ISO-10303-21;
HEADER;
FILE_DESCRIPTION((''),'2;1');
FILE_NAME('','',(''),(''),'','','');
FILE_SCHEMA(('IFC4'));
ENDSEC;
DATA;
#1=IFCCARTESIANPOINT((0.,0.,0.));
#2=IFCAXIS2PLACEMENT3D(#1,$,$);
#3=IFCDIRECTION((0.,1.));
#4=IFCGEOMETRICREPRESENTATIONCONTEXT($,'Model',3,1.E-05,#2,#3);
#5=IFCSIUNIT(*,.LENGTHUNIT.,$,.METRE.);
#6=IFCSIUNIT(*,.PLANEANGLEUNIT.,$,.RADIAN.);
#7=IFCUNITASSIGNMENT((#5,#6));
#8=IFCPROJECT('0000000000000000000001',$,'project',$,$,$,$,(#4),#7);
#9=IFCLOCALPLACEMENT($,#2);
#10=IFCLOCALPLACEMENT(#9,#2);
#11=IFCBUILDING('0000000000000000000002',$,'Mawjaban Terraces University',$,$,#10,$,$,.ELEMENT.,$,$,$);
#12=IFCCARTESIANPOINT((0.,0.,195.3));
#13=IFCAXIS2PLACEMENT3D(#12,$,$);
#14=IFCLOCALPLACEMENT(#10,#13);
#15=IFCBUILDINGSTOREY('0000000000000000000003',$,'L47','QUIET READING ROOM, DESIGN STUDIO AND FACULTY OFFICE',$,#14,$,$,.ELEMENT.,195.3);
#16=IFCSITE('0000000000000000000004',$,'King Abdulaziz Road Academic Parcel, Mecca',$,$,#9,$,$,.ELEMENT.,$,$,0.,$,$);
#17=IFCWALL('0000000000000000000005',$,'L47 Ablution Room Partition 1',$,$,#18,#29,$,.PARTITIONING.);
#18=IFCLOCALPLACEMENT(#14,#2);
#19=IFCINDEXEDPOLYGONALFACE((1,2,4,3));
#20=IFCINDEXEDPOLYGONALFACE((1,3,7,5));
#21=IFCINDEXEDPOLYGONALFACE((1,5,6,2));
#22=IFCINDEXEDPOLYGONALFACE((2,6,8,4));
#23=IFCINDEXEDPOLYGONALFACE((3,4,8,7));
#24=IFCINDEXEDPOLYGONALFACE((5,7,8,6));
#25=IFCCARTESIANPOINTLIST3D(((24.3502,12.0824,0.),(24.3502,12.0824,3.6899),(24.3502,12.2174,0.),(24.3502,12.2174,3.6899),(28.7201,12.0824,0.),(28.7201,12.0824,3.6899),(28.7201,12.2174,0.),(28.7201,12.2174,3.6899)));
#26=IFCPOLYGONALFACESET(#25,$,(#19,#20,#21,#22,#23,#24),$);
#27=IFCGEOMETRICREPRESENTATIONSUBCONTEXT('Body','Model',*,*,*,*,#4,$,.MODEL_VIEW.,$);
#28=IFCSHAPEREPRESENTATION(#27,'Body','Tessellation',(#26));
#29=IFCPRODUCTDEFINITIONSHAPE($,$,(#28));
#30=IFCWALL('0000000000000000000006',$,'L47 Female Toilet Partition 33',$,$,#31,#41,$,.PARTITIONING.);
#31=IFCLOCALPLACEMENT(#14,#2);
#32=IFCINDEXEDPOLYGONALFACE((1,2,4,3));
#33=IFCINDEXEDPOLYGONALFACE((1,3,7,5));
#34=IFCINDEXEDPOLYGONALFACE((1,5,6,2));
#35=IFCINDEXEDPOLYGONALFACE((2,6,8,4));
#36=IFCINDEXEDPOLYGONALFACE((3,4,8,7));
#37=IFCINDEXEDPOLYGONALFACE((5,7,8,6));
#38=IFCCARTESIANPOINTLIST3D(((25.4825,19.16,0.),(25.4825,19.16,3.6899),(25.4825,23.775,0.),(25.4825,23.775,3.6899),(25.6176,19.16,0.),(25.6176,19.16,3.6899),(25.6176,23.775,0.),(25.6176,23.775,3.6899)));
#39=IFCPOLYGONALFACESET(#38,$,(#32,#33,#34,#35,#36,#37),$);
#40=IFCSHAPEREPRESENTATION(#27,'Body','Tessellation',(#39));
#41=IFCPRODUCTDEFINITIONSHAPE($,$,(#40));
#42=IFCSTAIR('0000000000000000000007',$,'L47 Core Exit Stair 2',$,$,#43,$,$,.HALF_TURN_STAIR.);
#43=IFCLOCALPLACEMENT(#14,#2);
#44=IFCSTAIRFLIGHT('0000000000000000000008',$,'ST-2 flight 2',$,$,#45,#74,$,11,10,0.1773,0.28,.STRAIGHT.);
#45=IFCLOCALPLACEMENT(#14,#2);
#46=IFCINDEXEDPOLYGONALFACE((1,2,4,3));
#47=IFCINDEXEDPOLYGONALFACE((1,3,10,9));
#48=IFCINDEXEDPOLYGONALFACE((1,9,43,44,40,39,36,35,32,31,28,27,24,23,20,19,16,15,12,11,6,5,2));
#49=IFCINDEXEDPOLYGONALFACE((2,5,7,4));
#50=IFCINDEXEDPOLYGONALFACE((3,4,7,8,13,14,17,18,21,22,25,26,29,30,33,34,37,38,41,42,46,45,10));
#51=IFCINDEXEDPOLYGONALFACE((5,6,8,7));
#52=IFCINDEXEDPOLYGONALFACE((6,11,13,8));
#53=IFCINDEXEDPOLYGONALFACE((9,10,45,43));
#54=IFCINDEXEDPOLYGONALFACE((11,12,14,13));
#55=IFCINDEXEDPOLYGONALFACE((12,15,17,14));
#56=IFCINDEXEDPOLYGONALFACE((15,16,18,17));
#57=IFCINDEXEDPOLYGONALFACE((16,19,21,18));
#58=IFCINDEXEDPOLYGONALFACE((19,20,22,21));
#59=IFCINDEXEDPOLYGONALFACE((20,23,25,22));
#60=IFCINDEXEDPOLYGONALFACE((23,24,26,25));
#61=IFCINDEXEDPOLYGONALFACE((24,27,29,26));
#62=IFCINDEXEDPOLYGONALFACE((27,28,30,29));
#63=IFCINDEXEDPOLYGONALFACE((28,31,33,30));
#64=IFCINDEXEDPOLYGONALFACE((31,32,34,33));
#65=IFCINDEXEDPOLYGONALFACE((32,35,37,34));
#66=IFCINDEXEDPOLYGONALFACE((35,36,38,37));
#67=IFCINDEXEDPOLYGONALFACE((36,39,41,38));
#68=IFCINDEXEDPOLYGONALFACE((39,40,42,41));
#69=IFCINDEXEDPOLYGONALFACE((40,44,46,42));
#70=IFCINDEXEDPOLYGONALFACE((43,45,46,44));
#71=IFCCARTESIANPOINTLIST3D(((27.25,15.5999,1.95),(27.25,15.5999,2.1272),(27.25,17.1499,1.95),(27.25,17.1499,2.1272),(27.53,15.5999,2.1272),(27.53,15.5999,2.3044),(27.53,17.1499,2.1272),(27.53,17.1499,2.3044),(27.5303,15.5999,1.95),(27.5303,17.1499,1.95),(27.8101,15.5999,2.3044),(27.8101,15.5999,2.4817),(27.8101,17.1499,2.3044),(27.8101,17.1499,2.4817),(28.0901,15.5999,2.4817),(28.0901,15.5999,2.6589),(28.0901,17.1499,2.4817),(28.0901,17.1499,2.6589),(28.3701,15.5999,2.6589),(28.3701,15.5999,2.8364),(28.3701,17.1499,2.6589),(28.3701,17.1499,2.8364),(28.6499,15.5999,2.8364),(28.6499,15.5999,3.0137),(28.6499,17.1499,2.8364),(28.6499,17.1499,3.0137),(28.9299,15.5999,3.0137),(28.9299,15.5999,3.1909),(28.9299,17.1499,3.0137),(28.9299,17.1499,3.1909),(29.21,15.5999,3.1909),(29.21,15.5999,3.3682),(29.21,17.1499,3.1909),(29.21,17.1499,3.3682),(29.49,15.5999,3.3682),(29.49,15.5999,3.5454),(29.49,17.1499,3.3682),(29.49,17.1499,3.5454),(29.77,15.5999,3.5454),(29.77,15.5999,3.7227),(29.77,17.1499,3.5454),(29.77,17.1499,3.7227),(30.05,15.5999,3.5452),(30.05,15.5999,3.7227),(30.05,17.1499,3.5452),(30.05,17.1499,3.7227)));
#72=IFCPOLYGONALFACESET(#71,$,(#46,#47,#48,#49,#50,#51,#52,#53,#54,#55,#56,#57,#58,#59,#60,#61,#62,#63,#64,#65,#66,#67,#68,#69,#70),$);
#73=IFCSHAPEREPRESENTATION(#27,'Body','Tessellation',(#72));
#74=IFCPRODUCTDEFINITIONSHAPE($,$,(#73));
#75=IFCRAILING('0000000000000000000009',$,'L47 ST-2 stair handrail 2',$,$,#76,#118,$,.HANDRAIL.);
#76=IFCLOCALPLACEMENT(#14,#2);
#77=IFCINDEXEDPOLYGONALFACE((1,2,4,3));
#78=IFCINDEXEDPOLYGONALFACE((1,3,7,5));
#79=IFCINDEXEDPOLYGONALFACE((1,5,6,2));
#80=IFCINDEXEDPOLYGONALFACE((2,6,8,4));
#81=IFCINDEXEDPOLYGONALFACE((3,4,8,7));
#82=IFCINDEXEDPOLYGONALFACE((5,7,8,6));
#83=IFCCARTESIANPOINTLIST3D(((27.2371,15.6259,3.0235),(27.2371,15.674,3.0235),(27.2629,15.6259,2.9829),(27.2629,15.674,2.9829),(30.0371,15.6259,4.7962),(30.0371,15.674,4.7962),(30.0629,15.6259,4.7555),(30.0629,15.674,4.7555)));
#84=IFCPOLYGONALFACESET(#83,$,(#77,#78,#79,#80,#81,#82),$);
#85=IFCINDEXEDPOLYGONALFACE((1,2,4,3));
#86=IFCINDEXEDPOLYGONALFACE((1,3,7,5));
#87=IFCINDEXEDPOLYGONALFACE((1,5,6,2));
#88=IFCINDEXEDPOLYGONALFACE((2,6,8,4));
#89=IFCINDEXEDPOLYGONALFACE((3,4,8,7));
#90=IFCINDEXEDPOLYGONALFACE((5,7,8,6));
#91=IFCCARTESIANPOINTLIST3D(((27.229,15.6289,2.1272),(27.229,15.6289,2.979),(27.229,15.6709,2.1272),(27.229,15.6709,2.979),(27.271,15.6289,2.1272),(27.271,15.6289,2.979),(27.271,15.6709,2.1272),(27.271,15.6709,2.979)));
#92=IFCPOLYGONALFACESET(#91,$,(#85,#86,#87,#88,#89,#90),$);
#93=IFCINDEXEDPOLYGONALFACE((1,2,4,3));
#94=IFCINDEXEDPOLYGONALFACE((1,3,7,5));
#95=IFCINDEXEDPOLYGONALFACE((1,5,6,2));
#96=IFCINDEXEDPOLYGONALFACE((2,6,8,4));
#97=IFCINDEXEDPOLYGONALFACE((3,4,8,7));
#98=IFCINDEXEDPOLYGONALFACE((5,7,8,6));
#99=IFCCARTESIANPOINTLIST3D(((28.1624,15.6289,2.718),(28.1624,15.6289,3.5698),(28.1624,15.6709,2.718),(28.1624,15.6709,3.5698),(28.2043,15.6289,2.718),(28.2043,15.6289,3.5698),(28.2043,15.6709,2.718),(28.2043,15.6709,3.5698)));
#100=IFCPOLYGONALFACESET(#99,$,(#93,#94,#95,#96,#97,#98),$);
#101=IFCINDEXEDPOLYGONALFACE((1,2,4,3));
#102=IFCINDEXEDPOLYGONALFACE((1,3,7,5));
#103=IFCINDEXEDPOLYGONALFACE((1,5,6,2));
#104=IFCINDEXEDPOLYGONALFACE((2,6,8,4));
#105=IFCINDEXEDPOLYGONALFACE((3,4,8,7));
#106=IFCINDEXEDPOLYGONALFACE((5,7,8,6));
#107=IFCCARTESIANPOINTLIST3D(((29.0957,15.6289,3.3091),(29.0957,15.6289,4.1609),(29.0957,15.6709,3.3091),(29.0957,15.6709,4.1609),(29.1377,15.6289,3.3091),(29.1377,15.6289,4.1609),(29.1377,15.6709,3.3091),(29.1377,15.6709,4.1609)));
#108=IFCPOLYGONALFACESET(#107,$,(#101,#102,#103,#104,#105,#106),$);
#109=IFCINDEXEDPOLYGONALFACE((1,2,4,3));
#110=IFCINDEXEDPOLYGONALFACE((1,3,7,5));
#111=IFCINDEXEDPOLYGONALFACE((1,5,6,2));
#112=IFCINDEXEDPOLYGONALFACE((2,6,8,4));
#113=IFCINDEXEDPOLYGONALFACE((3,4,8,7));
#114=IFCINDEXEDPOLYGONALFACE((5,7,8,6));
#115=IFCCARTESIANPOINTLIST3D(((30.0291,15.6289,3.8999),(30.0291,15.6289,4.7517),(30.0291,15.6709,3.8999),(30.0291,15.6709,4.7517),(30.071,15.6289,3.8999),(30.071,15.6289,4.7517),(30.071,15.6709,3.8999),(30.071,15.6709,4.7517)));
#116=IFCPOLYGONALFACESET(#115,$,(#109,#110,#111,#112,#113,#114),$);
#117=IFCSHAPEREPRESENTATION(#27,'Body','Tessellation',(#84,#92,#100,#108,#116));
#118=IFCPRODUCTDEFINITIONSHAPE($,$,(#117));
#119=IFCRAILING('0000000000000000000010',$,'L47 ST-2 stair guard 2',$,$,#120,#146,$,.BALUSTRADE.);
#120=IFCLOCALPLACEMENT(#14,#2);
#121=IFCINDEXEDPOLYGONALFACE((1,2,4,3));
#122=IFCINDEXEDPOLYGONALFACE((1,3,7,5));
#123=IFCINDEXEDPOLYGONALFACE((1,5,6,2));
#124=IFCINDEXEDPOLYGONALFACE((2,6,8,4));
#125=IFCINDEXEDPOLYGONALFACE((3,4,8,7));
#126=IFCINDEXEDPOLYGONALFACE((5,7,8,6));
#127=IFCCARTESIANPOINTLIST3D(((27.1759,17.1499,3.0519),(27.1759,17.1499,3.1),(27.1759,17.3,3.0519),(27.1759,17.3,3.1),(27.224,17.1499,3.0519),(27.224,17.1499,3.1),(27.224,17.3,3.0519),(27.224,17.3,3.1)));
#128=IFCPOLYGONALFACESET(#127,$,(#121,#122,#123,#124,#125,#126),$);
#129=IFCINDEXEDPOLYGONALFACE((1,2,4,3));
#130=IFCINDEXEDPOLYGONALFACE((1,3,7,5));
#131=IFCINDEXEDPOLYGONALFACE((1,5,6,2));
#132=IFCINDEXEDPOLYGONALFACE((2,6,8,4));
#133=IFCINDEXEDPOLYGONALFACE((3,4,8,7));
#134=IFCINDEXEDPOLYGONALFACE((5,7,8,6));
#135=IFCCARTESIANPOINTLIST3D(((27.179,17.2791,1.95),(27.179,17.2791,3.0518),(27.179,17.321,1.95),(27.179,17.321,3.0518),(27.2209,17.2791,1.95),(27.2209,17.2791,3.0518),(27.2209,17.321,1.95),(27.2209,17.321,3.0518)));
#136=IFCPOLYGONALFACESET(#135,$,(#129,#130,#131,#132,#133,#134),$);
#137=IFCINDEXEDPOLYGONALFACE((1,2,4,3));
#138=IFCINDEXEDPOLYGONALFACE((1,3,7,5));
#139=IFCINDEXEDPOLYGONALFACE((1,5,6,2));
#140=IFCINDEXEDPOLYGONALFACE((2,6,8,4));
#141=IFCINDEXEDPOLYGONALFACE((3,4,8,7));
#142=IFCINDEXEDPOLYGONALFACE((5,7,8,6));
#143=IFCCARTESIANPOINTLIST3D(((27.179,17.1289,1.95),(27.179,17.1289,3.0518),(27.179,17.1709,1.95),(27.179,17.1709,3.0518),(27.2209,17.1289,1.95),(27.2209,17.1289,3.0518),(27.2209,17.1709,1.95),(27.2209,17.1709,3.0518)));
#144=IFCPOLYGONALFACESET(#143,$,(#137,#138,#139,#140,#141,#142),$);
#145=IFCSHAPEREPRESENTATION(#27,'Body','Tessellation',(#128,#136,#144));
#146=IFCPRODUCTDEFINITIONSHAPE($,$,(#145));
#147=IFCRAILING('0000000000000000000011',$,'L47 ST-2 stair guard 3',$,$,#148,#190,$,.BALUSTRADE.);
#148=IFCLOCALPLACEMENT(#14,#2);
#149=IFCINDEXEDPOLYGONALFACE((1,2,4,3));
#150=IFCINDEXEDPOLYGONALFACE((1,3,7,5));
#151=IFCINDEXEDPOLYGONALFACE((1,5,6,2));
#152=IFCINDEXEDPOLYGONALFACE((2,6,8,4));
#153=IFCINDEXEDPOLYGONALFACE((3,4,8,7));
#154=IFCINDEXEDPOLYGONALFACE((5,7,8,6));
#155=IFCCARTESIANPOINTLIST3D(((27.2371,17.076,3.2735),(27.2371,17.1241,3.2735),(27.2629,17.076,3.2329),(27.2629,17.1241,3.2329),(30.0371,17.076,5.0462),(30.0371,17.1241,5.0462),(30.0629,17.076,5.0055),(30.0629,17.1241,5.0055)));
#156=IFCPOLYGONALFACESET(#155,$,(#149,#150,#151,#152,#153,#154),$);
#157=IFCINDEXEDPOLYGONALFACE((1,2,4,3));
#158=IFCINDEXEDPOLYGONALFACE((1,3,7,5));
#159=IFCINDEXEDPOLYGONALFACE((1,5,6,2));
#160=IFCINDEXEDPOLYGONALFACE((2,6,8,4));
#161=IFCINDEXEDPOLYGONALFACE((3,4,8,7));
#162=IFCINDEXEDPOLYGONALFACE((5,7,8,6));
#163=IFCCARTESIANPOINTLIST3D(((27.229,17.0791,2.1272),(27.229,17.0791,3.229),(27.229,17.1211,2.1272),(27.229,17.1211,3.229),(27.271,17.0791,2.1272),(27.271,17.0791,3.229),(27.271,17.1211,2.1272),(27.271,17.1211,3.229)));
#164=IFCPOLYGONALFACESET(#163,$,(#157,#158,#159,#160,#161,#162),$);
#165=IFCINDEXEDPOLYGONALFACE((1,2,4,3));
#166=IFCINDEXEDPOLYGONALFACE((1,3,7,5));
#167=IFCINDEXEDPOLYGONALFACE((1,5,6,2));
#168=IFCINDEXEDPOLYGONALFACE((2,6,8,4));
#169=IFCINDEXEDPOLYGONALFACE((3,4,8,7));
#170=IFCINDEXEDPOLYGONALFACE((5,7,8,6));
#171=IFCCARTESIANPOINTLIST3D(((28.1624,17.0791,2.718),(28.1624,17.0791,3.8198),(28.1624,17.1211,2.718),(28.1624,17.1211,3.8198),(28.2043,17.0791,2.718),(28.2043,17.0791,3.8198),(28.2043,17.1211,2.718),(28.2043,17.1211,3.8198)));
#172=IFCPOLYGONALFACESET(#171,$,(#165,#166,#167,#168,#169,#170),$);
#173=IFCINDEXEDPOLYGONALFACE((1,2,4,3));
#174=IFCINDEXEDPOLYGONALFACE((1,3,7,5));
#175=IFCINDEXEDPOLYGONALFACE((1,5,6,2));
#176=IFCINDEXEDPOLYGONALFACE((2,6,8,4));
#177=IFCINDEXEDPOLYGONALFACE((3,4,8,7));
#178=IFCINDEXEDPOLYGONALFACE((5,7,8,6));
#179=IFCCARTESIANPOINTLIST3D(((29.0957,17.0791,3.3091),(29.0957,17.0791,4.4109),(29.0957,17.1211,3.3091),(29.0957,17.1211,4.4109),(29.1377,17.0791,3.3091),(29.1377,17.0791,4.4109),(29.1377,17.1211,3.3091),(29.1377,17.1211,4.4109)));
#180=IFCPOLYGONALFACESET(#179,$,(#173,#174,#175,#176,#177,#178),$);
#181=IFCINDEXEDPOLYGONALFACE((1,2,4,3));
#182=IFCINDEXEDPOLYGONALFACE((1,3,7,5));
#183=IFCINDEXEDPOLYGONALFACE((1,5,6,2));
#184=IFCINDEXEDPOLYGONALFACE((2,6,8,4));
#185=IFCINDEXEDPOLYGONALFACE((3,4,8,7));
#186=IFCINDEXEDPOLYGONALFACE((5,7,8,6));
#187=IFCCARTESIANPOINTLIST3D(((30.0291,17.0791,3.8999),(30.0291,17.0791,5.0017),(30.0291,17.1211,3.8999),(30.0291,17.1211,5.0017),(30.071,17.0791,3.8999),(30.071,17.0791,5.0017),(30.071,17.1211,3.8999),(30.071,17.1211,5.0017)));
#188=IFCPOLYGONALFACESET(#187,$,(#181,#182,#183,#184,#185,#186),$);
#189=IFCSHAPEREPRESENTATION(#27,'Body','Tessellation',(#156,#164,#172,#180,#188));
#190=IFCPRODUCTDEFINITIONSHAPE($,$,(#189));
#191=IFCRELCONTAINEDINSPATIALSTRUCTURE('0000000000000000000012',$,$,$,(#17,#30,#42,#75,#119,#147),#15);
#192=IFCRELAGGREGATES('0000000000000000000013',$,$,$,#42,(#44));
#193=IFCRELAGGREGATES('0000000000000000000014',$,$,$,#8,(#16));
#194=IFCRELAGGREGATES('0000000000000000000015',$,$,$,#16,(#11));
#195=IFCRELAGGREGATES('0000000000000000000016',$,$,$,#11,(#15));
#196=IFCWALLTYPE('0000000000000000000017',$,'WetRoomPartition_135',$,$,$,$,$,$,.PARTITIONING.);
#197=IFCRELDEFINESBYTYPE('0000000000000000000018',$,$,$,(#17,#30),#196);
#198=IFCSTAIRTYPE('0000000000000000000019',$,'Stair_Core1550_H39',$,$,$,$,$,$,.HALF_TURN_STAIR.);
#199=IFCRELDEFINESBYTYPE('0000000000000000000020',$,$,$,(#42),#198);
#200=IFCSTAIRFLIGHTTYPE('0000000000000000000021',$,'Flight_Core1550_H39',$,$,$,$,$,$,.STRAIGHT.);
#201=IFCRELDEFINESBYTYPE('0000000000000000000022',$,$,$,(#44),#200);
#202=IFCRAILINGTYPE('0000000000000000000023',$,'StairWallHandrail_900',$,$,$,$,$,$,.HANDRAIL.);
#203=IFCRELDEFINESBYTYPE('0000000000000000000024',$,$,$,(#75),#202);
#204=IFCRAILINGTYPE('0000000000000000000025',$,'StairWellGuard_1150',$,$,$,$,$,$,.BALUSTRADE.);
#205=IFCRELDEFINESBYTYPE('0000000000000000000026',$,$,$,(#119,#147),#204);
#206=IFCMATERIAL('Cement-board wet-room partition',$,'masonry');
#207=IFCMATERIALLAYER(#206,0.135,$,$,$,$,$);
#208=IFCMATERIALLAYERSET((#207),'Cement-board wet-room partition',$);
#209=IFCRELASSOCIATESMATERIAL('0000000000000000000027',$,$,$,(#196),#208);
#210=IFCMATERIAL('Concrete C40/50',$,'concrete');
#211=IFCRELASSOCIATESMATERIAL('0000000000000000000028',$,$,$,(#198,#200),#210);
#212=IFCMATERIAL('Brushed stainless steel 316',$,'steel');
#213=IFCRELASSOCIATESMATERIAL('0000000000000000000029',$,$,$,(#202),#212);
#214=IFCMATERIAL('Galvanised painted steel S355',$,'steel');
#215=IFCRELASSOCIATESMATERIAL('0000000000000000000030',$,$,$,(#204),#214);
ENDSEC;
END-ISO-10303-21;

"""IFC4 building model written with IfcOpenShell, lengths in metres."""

from ifc_helpers import new_model, si_unit, direction, frame, frame_2d, origin, origin_2d, place, context, subcontext, project, spatial, polyline, rectangle, outline, extrude, material, layer, layer_set, type_object, element, aggregate, save


model = new_model("IFC4")

# Units and contexts
model_context = context("Model", 3, precision=1e-05, world=origin(), true_north=direction((0.0, 1.0)))
body_context = subcontext(model_context, "Body", "Model", "MODEL_VIEW")
ifc_project = project(units=[si_unit("LENGTHUNIT", "METRE"), si_unit("PLANEANGLEUNIT", "RADIAN")], contexts=[model_context])

# Site, building, storey
site_placement = place(None, origin())
site = spatial("IfcSite", under=ifc_project, at=site_placement, Name="King Abdulaziz Road Academic Parcel, Mecca", CompositionType="ELEMENT", RefElevation=0.0)
building_placement = place(site_placement, origin())
building = spatial("IfcBuilding", under=site, at=building_placement, Name="Mawjaban Terraces University", CompositionType="ELEMENT")
storey_placement = place(building_placement, frame((0.0, 0.0, 195.3)))
storey = spatial("IfcBuildingStorey", under=building, at=storey_placement, Name="L47", Description="QUIET READING ROOM, DESIGN STUDIO AND FACULTY OFFICE", CompositionType="ELEMENT", Elevation=195.3)

# Walls
ifc_material_1 = material(Name="Concrete C40/50", Category="concrete")
ifc_material_2 = material(Name="Cement-board wet-room partition", Category="masonry")
ifc_layer_1 = layer(ifc_material_2, 0.135)
ifc_layer_set_1 = layer_set([ifc_layer_1], Name="Cement-board wet-room partition")
wall_type_1 = type_object("IfcWallType", Name="WetRoomPartition_135", PredefinedType="PARTITIONING", material=ifc_layer_set_1)
wall_1_placement = place(storey_placement, frame((24.3501, 12.1499, 0.0), z_axis=(0.0, 0.0, 1.0), x_axis=(1.0, 0.0, 0.0)))
element("IfcWall", 1, at=wall_1_placement, inside=storey, type_object=wall_type_1, Name="L47 Ablution Room Partition 1", PredefinedType="PARTITIONING", context=body_context, shape_type="SweptSolid", body=[
    extrude(rectangle(XDim=4.3699, YDim=0.135, at=frame_2d((2.1851, 0.0))), origin(), (0.0, 0.0, 1.0), 3.6899),
])
wall_2_placement = place(storey_placement, frame((25.55, 19.1599, 0.0), z_axis=(0.0, 0.0, 1.0), x_axis=(0.0, 1.0, 0.0)))
element("IfcWall", 2, at=wall_2_placement, inside=storey, type_object=wall_type_1, Name="L47 Female Toilet Partition 33", PredefinedType="PARTITIONING", context=body_context, shape_type="SweptSolid", body=[
    extrude(rectangle(XDim=4.615, YDim=0.135, at=frame_2d((2.3076, 0.0))), origin(), (0.0, 0.0, 1.0), 3.6899),
])

# Stair, stair flight
stair_type = type_object("IfcStairType", Name="Stair_Core1550_H39", PredefinedType="HALF_TURN_STAIR", material=ifc_material_1)
stair_placement = place(storey_placement, origin())
stair = element("IfcStair", 3, at=stair_placement, inside=storey, type_object=stair_type, Name="L47 Core Exit Stair 2", PredefinedType="HALF_TURN_STAIR")
stair_flight_type = type_object("IfcStairFlightType", Name="Flight_Core1550_H39", PredefinedType="STRAIGHT", material=ifc_material_1)
stair_flight_placement = place(storey_placement, frame((27.25, 16.375, 1.95), z_axis=(0.0, 0.0, 1.0), x_axis=(1.0, 0.0, 0.0)))
stair_flight = element("IfcStairFlight", 4, at=stair_flight_placement, type_object=stair_flight_type, Name="ST-2 flight 2", NumberOfRisers=11, NumberOfTreads=10, PredefinedType="STRAIGHT", RiserHeight=0.1773, TreadLength=0.28, context=body_context, shape_type="SweptSolid", body=[
    extrude(outline(polyline([(0.0, 0.0), (0.0, 0.1772), (0.28, 0.1772), (0.28, 0.3545), (0.5601, 0.3545), (0.5601, 0.5317), (0.8401, 0.5317), (0.8401, 0.709), (1.1201, 0.709), (1.1201, 0.8865), (1.3999, 0.8865), (1.3999, 1.0637), (1.6799, 1.0637), (1.6799, 1.241), (1.96, 1.241), (1.96, 1.4182), (2.24, 1.4182), (2.24, 1.5955), (2.52, 1.5955), (2.52, 1.7727), (2.8, 1.7727), (2.8, 1.95), (2.8, 1.5952), (0.2803, 0.0), (0.0, 0.0)])), frame((0.0, 0.7749, 0.0), z_axis=(0.0, -1.0, 0.0), x_axis=(1.0, 0.0, 0.0)), (0.0, 0.0, 1.0), 1.55),
])
aggregate(stair, [stair_flight])

# Railings
ifc_material_3 = material(Name="Brushed stainless steel 316", Category="steel")
railing_type_1 = type_object("IfcRailingType", Name="StairWallHandrail_900", PredefinedType="HANDRAIL", material=ifc_material_3)
railing_1_placement = place(storey_placement, frame((27.25, 15.6499, 2.1272)))
element("IfcRailing", 5, at=railing_1_placement, inside=storey, type_object=railing_type_1, Name="L47 ST-2 stair handrail 2", PredefinedType="HANDRAIL", context=body_context, shape_type="SweptSolid", body=[
    extrude(rectangle(XDim=0.0481, YDim=0.0481, at=origin_2d()), frame((0.0, 0.0, 0.876), z_axis=(0.844909, 0.0, 0.53491), x_axis=(0.0, 1.0, 0.0)), (0.0, 0.0, 1.0), 3.314),
    extrude(rectangle(XDim=0.042, YDim=0.042, at=origin_2d()), origin(), (0.0, 0.0, 1.0), 0.8518),
    extrude(rectangle(XDim=0.042, YDim=0.042, at=origin_2d()), frame((0.9333, 0.0, 0.5908)), (0.0, 0.0, 1.0), 0.8518),
    extrude(rectangle(XDim=0.042, YDim=0.042, at=origin_2d()), frame((1.8667, 0.0, 1.1819)), (0.0, 0.0, 1.0), 0.8518),
    extrude(rectangle(XDim=0.042, YDim=0.042, at=origin_2d()), frame((2.8, 0.0, 1.7727)), (0.0, 0.0, 1.0), 0.8518),
])
ifc_material_4 = material(Name="Galvanised painted steel S355", Category="steel")
railing_type_2 = type_object("IfcRailingType", Name="StairWellGuard_1150", PredefinedType="BALUSTRADE", material=ifc_material_4)
railing_2_placement = place(storey_placement, frame((27.2, 17.3, 1.95)))
element("IfcRailing", 6, at=railing_2_placement, inside=storey, type_object=railing_type_2, Name="L47 ST-2 stair guard 2", PredefinedType="BALUSTRADE", context=body_context, shape_type="SweptSolid", body=[
    extrude(rectangle(XDim=0.0481, YDim=0.0481, at=origin_2d()), frame((0.0, 0.0, 1.126), z_axis=(0.0, -1.0, 0.0), x_axis=(1.0, 0.0, 0.0)), (0.0, 0.0, 1.0), 0.1501),
    extrude(rectangle(XDim=0.042, YDim=0.042, at=origin_2d()), origin(), (0.0, 0.0, 1.0), 1.1018),
    extrude(rectangle(XDim=0.042, YDim=0.042, at=origin_2d()), frame((0.0, -0.1501, 0.0)), (0.0, 0.0, 1.0), 1.1018),
])
railing_3_placement = place(storey_placement, frame((27.25, 17.1001, 2.1272)))
element("IfcRailing", 7, at=railing_3_placement, inside=storey, type_object=railing_type_2, Name="L47 ST-2 stair guard 3", PredefinedType="BALUSTRADE", context=body_context, shape_type="SweptSolid", body=[
    extrude(rectangle(XDim=0.0481, YDim=0.0481, at=origin_2d()), frame((0.0, 0.0, 1.126), z_axis=(0.844909, 0.0, 0.53491), x_axis=(0.0, 1.0, 0.0)), (0.0, 0.0, 1.0), 3.314),
    extrude(rectangle(XDim=0.042, YDim=0.042, at=origin_2d()), origin(), (0.0, 0.0, 1.0), 1.1018),
    extrude(rectangle(XDim=0.042, YDim=0.042, at=origin_2d()), frame((0.9333, 0.0, 0.5908)), (0.0, 0.0, 1.0), 1.1018),
    extrude(rectangle(XDim=0.042, YDim=0.042, at=origin_2d()), frame((1.8667, 0.0, 1.1819)), (0.0, 0.0, 1.0), 1.1018),
    extrude(rectangle(XDim=0.042, YDim=0.042, at=origin_2d()), frame((2.8, 0.0, 1.7727)), (0.0, 0.0, 1.0), 1.1018),
])

save(model, "model.ifc")
